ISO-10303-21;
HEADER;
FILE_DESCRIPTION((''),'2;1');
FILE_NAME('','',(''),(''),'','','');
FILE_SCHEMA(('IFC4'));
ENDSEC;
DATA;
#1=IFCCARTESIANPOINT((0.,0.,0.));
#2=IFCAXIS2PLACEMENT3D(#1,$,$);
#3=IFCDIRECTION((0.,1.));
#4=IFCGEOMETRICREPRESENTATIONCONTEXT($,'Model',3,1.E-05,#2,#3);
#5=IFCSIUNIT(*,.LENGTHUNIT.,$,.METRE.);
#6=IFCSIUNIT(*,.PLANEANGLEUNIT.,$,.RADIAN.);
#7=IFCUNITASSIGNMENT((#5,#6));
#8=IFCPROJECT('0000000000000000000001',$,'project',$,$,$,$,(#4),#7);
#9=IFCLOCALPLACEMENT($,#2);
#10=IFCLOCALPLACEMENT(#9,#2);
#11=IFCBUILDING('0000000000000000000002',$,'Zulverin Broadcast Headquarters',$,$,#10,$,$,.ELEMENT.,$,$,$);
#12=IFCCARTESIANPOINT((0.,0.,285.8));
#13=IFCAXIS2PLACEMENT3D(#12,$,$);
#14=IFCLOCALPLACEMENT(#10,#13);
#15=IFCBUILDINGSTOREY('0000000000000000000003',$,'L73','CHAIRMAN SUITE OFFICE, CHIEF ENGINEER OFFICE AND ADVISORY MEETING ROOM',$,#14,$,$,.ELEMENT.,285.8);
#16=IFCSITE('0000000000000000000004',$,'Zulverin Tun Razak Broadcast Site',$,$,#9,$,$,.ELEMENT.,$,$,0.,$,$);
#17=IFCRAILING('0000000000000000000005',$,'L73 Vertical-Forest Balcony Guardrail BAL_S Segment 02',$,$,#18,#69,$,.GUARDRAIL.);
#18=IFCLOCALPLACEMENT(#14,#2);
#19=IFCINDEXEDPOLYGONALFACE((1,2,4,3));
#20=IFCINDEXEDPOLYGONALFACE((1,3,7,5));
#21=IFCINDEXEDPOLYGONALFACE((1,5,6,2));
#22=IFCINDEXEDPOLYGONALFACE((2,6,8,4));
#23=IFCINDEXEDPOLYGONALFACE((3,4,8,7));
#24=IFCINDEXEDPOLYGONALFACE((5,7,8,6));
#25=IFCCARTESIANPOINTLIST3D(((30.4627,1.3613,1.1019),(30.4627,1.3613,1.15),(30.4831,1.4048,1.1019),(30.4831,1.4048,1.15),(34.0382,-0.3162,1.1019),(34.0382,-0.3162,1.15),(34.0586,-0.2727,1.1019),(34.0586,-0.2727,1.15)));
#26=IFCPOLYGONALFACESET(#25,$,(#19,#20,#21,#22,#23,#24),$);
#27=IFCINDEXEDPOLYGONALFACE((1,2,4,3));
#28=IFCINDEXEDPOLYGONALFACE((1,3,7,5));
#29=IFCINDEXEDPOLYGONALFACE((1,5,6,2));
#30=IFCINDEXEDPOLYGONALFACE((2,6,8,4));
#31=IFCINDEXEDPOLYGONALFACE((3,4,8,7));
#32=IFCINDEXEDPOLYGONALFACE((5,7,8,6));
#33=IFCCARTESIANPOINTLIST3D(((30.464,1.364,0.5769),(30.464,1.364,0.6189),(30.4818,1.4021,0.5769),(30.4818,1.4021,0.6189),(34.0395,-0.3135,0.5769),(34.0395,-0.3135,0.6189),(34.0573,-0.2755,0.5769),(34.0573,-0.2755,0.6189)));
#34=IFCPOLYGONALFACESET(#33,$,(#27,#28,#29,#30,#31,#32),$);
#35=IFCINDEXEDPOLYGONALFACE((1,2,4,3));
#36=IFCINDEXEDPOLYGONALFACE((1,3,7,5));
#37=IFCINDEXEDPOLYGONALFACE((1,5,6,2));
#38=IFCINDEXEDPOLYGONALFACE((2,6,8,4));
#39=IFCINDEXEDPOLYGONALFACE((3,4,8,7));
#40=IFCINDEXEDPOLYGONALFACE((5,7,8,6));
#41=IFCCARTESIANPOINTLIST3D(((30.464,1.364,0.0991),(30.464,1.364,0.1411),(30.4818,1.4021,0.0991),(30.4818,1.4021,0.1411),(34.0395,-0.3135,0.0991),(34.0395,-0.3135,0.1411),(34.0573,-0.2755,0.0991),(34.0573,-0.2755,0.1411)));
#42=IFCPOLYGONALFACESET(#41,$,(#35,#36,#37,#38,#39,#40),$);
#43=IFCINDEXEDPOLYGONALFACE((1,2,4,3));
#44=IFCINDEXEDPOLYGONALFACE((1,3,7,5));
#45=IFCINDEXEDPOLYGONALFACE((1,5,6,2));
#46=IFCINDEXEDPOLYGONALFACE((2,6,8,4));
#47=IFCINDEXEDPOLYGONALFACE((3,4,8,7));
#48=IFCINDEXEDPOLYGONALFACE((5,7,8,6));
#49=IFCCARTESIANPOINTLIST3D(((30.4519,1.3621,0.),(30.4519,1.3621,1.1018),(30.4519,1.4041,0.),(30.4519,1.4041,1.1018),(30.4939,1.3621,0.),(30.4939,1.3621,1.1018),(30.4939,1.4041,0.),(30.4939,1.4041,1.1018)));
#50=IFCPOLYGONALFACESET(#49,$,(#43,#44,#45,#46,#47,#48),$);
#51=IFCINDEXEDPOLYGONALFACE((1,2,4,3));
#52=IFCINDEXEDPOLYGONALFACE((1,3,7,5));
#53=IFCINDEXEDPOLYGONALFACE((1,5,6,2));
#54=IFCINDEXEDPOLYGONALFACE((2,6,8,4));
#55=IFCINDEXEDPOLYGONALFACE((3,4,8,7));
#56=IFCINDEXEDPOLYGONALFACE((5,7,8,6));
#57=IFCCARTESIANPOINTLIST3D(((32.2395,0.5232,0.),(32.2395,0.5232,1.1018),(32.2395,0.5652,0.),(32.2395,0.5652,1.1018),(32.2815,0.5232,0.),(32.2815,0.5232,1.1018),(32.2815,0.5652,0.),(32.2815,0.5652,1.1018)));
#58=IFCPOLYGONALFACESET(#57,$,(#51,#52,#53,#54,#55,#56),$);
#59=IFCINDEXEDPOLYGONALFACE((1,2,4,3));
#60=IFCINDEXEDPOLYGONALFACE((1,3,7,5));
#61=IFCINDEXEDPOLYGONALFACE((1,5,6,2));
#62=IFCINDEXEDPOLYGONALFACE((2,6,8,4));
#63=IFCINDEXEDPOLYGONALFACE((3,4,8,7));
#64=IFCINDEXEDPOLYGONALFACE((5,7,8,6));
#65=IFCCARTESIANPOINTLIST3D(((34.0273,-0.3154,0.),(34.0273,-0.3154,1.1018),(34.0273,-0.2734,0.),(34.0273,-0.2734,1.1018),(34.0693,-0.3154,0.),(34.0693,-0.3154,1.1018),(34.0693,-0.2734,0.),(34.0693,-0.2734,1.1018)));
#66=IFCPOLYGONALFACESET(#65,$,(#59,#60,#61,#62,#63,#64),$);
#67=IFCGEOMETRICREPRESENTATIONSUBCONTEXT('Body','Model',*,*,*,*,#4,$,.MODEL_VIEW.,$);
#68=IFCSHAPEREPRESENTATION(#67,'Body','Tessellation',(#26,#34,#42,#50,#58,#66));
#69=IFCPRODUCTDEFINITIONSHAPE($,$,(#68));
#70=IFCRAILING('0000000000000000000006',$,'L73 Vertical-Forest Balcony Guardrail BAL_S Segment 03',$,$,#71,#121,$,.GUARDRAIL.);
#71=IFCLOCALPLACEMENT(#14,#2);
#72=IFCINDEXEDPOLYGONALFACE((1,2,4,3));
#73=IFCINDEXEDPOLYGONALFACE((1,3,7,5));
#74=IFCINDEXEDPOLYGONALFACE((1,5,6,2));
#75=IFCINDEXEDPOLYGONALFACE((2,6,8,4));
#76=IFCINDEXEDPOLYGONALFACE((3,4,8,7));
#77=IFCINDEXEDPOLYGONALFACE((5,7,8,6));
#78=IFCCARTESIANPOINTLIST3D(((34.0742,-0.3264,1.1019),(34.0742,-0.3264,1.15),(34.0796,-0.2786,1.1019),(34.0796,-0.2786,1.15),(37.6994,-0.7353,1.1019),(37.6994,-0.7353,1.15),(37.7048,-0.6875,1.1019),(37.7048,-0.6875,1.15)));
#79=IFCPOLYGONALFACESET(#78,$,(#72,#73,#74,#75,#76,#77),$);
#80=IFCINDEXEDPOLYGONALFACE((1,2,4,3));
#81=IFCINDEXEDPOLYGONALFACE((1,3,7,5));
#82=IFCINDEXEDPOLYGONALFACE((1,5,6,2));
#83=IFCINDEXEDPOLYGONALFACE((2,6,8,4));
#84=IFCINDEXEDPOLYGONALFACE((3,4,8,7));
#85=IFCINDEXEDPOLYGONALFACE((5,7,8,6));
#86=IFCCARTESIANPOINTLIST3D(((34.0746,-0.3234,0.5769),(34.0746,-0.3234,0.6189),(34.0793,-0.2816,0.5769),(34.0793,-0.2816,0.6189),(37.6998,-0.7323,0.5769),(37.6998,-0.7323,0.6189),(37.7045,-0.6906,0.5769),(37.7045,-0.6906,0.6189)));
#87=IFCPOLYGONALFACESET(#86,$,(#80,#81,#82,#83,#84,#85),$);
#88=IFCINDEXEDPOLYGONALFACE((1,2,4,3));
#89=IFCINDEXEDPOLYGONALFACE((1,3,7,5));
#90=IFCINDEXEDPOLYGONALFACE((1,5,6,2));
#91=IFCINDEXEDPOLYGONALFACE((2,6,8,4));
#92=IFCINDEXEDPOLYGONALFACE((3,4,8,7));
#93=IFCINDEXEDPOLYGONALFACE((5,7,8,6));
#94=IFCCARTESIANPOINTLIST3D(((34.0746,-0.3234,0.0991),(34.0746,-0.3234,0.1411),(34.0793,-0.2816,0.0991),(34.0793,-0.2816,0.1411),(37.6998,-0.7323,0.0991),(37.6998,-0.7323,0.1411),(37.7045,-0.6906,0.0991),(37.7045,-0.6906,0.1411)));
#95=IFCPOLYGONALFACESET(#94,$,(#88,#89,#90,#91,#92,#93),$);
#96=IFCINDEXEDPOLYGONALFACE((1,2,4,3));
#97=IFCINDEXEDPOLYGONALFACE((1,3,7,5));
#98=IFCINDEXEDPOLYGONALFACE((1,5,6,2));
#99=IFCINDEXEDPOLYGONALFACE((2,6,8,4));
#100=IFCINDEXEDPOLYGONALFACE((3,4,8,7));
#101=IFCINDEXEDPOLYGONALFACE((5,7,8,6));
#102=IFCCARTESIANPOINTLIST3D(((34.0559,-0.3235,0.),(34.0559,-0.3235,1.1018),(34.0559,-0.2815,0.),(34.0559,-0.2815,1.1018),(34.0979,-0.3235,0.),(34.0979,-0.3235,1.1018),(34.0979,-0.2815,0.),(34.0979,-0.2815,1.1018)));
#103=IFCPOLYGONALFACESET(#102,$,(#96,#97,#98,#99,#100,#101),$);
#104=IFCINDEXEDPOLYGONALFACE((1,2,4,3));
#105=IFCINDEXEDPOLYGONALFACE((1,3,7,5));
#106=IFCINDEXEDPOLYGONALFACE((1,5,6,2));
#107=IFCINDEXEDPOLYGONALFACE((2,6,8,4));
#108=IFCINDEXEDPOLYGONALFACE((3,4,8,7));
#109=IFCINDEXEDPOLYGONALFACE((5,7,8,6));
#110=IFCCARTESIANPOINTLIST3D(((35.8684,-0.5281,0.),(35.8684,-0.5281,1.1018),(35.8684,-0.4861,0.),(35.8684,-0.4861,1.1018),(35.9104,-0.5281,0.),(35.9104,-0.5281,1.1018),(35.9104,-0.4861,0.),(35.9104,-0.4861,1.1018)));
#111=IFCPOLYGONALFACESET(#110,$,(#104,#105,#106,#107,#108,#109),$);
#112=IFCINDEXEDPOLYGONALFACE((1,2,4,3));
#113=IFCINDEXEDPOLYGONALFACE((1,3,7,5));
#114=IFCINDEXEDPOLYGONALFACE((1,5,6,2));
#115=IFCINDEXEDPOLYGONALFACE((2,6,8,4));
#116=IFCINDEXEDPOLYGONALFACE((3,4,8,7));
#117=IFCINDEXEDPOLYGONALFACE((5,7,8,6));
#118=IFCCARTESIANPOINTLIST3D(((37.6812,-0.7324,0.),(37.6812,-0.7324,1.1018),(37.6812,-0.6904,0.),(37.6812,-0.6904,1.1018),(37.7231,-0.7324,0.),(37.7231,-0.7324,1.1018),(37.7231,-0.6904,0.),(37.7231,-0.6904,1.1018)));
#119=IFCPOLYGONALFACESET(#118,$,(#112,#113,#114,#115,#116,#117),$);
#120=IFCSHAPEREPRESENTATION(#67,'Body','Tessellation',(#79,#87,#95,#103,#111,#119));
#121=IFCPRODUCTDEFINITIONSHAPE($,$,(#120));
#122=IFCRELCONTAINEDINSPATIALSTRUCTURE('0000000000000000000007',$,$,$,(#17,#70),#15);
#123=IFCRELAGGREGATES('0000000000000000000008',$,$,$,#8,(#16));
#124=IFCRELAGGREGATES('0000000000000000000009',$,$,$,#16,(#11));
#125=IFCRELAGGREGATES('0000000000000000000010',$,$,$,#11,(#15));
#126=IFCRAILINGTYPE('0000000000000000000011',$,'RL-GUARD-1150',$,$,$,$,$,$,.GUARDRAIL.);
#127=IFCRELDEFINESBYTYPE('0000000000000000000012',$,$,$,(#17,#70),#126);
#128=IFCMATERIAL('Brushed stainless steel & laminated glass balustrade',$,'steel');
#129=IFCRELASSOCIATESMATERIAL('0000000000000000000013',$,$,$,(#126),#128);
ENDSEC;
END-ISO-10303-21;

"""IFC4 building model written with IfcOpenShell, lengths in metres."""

from ifc_helpers import new_model, si_unit, direction, frame, origin, origin_2d, place, context, subcontext, project, spatial, rectangle, extrude, material, type_object, element, save


model = new_model("IFC4")

# Units and contexts
model_context = context("Model", 3, precision=1e-05, world=origin(), true_north=direction((0.0, 1.0)))
body_context = subcontext(model_context, "Body", "Model", "MODEL_VIEW")
ifc_project = project(units=[si_unit("LENGTHUNIT", "METRE"), si_unit("PLANEANGLEUNIT", "RADIAN")], contexts=[model_context])

# Site, building, storey
site_placement = place(None, origin())
site = spatial("IfcSite", under=ifc_project, at=site_placement, Name="Zulverin Tun Razak Broadcast Site", CompositionType="ELEMENT", RefElevation=0.0)
building_placement = place(site_placement, origin())
building = spatial("IfcBuilding", under=site, at=building_placement, Name="Zulverin Broadcast Headquarters", CompositionType="ELEMENT")
storey_placement = place(building_placement, frame((0.0, 0.0, 285.8)))
storey = spatial("IfcBuildingStorey", under=building, at=storey_placement, Name="L73", Description="CHAIRMAN SUITE OFFICE, CHIEF ENGINEER OFFICE AND ADVISORY MEETING ROOM", CompositionType="ELEMENT", Elevation=285.8)

# Railings
ifc_material_1 = material(Name="Brushed stainless steel & laminated glass balustrade", Category="steel")
railing_type = type_object("IfcRailingType", Name="RL-GUARD-1150", PredefinedType="GUARDRAIL", material=ifc_material_1)
railing_1_placement = place(storey_placement, frame((30.4729, 1.3831, 0.0)))
element("IfcRailing", 1, at=railing_1_placement, inside=storey, type_object=railing_type, Name="L73 Vertical-Forest Balcony Guardrail BAL_S Segment 02", PredefinedType="GUARDRAIL", context=body_context, shape_type="SweptSolid", body=[
    extrude(rectangle(XDim=0.0481, YDim=0.0481, at=origin_2d()), frame((0.0, 0.0, 1.126), z_axis=(0.905313, -0.424746, 0.0), x_axis=(0.424746, 0.905313, 0.0)), (0.0, 0.0, 1.0), 3.9495),
    extrude(rectangle(XDim=0.042, YDim=0.042, at=origin_2d()), frame((0.0, 0.0, 0.5979), z_axis=(0.905313, -0.424746, 0.0), x_axis=(0.424746, 0.905313, 0.0)), (0.0, 0.0, 1.0), 3.9495),
    extrude(rectangle(XDim=0.042, YDim=0.042, at=origin_2d()), frame((0.0, 0.0, 0.1201), z_axis=(0.905313, -0.424746, 0.0), x_axis=(0.424746, 0.905313, 0.0)), (0.0, 0.0, 1.0), 3.9495),
    extrude(rectangle(XDim=0.042, YDim=0.042, at=origin_2d()), origin(), (0.0, 0.0, 1.0), 1.1018),
    extrude(rectangle(XDim=0.042, YDim=0.042, at=origin_2d()), frame((1.7876, -0.8389, 0.0)), (0.0, 0.0, 1.0), 1.1018),
    extrude(rectangle(XDim=0.042, YDim=0.042, at=origin_2d()), frame((3.5754, -1.6775, 0.0)), (0.0, 0.0, 1.0), 1.1018),
])
railing_2_placement = place(storey_placement, frame((34.0769, -0.3025, 0.0)))
element("IfcRailing", 2, at=railing_2_placement, inside=storey, type_object=railing_type, Name="L73 Vertical-Forest Balcony Guardrail BAL_S Segment 03", PredefinedType="GUARDRAIL", context=body_context, shape_type="SweptSolid", body=[
    extrude(rectangle(XDim=0.0481, YDim=0.0481, at=origin_2d()), frame((0.0, 0.0, 1.126), z_axis=(0.993698, -0.112091, 0.0), x_axis=(0.112091, 0.993698, 0.0)), (0.0, 0.0, 1.0), 3.6482),
    extrude(rectangle(XDim=0.042, YDim=0.042, at=origin_2d()), frame((0.0, 0.0, 0.5979), z_axis=(0.993698, -0.112091, 0.0), x_axis=(0.112091, 0.993698, 0.0)), (0.0, 0.0, 1.0), 3.6482),
    extrude(rectangle(XDim=0.042, YDim=0.042, at=origin_2d()), frame((0.0, 0.0, 0.1201), z_axis=(0.993698, -0.112091, 0.0), x_axis=(0.112091, 0.993698, 0.0)), (0.0, 0.0, 1.0), 3.6482),
    extrude(rectangle(XDim=0.042, YDim=0.042, at=origin_2d()), origin(), (0.0, 0.0, 1.0), 1.1018),
    extrude(rectangle(XDim=0.042, YDim=0.042, at=origin_2d()), frame((1.8125, -0.2046, 0.0)), (0.0, 0.0, 1.0), 1.1018),
    extrude(rectangle(XDim=0.042, YDim=0.042, at=origin_2d()), frame((3.6252, -0.4089, 0.0)), (0.0, 0.0, 1.0), 1.1018),
])

save(model, "model.ifc")
